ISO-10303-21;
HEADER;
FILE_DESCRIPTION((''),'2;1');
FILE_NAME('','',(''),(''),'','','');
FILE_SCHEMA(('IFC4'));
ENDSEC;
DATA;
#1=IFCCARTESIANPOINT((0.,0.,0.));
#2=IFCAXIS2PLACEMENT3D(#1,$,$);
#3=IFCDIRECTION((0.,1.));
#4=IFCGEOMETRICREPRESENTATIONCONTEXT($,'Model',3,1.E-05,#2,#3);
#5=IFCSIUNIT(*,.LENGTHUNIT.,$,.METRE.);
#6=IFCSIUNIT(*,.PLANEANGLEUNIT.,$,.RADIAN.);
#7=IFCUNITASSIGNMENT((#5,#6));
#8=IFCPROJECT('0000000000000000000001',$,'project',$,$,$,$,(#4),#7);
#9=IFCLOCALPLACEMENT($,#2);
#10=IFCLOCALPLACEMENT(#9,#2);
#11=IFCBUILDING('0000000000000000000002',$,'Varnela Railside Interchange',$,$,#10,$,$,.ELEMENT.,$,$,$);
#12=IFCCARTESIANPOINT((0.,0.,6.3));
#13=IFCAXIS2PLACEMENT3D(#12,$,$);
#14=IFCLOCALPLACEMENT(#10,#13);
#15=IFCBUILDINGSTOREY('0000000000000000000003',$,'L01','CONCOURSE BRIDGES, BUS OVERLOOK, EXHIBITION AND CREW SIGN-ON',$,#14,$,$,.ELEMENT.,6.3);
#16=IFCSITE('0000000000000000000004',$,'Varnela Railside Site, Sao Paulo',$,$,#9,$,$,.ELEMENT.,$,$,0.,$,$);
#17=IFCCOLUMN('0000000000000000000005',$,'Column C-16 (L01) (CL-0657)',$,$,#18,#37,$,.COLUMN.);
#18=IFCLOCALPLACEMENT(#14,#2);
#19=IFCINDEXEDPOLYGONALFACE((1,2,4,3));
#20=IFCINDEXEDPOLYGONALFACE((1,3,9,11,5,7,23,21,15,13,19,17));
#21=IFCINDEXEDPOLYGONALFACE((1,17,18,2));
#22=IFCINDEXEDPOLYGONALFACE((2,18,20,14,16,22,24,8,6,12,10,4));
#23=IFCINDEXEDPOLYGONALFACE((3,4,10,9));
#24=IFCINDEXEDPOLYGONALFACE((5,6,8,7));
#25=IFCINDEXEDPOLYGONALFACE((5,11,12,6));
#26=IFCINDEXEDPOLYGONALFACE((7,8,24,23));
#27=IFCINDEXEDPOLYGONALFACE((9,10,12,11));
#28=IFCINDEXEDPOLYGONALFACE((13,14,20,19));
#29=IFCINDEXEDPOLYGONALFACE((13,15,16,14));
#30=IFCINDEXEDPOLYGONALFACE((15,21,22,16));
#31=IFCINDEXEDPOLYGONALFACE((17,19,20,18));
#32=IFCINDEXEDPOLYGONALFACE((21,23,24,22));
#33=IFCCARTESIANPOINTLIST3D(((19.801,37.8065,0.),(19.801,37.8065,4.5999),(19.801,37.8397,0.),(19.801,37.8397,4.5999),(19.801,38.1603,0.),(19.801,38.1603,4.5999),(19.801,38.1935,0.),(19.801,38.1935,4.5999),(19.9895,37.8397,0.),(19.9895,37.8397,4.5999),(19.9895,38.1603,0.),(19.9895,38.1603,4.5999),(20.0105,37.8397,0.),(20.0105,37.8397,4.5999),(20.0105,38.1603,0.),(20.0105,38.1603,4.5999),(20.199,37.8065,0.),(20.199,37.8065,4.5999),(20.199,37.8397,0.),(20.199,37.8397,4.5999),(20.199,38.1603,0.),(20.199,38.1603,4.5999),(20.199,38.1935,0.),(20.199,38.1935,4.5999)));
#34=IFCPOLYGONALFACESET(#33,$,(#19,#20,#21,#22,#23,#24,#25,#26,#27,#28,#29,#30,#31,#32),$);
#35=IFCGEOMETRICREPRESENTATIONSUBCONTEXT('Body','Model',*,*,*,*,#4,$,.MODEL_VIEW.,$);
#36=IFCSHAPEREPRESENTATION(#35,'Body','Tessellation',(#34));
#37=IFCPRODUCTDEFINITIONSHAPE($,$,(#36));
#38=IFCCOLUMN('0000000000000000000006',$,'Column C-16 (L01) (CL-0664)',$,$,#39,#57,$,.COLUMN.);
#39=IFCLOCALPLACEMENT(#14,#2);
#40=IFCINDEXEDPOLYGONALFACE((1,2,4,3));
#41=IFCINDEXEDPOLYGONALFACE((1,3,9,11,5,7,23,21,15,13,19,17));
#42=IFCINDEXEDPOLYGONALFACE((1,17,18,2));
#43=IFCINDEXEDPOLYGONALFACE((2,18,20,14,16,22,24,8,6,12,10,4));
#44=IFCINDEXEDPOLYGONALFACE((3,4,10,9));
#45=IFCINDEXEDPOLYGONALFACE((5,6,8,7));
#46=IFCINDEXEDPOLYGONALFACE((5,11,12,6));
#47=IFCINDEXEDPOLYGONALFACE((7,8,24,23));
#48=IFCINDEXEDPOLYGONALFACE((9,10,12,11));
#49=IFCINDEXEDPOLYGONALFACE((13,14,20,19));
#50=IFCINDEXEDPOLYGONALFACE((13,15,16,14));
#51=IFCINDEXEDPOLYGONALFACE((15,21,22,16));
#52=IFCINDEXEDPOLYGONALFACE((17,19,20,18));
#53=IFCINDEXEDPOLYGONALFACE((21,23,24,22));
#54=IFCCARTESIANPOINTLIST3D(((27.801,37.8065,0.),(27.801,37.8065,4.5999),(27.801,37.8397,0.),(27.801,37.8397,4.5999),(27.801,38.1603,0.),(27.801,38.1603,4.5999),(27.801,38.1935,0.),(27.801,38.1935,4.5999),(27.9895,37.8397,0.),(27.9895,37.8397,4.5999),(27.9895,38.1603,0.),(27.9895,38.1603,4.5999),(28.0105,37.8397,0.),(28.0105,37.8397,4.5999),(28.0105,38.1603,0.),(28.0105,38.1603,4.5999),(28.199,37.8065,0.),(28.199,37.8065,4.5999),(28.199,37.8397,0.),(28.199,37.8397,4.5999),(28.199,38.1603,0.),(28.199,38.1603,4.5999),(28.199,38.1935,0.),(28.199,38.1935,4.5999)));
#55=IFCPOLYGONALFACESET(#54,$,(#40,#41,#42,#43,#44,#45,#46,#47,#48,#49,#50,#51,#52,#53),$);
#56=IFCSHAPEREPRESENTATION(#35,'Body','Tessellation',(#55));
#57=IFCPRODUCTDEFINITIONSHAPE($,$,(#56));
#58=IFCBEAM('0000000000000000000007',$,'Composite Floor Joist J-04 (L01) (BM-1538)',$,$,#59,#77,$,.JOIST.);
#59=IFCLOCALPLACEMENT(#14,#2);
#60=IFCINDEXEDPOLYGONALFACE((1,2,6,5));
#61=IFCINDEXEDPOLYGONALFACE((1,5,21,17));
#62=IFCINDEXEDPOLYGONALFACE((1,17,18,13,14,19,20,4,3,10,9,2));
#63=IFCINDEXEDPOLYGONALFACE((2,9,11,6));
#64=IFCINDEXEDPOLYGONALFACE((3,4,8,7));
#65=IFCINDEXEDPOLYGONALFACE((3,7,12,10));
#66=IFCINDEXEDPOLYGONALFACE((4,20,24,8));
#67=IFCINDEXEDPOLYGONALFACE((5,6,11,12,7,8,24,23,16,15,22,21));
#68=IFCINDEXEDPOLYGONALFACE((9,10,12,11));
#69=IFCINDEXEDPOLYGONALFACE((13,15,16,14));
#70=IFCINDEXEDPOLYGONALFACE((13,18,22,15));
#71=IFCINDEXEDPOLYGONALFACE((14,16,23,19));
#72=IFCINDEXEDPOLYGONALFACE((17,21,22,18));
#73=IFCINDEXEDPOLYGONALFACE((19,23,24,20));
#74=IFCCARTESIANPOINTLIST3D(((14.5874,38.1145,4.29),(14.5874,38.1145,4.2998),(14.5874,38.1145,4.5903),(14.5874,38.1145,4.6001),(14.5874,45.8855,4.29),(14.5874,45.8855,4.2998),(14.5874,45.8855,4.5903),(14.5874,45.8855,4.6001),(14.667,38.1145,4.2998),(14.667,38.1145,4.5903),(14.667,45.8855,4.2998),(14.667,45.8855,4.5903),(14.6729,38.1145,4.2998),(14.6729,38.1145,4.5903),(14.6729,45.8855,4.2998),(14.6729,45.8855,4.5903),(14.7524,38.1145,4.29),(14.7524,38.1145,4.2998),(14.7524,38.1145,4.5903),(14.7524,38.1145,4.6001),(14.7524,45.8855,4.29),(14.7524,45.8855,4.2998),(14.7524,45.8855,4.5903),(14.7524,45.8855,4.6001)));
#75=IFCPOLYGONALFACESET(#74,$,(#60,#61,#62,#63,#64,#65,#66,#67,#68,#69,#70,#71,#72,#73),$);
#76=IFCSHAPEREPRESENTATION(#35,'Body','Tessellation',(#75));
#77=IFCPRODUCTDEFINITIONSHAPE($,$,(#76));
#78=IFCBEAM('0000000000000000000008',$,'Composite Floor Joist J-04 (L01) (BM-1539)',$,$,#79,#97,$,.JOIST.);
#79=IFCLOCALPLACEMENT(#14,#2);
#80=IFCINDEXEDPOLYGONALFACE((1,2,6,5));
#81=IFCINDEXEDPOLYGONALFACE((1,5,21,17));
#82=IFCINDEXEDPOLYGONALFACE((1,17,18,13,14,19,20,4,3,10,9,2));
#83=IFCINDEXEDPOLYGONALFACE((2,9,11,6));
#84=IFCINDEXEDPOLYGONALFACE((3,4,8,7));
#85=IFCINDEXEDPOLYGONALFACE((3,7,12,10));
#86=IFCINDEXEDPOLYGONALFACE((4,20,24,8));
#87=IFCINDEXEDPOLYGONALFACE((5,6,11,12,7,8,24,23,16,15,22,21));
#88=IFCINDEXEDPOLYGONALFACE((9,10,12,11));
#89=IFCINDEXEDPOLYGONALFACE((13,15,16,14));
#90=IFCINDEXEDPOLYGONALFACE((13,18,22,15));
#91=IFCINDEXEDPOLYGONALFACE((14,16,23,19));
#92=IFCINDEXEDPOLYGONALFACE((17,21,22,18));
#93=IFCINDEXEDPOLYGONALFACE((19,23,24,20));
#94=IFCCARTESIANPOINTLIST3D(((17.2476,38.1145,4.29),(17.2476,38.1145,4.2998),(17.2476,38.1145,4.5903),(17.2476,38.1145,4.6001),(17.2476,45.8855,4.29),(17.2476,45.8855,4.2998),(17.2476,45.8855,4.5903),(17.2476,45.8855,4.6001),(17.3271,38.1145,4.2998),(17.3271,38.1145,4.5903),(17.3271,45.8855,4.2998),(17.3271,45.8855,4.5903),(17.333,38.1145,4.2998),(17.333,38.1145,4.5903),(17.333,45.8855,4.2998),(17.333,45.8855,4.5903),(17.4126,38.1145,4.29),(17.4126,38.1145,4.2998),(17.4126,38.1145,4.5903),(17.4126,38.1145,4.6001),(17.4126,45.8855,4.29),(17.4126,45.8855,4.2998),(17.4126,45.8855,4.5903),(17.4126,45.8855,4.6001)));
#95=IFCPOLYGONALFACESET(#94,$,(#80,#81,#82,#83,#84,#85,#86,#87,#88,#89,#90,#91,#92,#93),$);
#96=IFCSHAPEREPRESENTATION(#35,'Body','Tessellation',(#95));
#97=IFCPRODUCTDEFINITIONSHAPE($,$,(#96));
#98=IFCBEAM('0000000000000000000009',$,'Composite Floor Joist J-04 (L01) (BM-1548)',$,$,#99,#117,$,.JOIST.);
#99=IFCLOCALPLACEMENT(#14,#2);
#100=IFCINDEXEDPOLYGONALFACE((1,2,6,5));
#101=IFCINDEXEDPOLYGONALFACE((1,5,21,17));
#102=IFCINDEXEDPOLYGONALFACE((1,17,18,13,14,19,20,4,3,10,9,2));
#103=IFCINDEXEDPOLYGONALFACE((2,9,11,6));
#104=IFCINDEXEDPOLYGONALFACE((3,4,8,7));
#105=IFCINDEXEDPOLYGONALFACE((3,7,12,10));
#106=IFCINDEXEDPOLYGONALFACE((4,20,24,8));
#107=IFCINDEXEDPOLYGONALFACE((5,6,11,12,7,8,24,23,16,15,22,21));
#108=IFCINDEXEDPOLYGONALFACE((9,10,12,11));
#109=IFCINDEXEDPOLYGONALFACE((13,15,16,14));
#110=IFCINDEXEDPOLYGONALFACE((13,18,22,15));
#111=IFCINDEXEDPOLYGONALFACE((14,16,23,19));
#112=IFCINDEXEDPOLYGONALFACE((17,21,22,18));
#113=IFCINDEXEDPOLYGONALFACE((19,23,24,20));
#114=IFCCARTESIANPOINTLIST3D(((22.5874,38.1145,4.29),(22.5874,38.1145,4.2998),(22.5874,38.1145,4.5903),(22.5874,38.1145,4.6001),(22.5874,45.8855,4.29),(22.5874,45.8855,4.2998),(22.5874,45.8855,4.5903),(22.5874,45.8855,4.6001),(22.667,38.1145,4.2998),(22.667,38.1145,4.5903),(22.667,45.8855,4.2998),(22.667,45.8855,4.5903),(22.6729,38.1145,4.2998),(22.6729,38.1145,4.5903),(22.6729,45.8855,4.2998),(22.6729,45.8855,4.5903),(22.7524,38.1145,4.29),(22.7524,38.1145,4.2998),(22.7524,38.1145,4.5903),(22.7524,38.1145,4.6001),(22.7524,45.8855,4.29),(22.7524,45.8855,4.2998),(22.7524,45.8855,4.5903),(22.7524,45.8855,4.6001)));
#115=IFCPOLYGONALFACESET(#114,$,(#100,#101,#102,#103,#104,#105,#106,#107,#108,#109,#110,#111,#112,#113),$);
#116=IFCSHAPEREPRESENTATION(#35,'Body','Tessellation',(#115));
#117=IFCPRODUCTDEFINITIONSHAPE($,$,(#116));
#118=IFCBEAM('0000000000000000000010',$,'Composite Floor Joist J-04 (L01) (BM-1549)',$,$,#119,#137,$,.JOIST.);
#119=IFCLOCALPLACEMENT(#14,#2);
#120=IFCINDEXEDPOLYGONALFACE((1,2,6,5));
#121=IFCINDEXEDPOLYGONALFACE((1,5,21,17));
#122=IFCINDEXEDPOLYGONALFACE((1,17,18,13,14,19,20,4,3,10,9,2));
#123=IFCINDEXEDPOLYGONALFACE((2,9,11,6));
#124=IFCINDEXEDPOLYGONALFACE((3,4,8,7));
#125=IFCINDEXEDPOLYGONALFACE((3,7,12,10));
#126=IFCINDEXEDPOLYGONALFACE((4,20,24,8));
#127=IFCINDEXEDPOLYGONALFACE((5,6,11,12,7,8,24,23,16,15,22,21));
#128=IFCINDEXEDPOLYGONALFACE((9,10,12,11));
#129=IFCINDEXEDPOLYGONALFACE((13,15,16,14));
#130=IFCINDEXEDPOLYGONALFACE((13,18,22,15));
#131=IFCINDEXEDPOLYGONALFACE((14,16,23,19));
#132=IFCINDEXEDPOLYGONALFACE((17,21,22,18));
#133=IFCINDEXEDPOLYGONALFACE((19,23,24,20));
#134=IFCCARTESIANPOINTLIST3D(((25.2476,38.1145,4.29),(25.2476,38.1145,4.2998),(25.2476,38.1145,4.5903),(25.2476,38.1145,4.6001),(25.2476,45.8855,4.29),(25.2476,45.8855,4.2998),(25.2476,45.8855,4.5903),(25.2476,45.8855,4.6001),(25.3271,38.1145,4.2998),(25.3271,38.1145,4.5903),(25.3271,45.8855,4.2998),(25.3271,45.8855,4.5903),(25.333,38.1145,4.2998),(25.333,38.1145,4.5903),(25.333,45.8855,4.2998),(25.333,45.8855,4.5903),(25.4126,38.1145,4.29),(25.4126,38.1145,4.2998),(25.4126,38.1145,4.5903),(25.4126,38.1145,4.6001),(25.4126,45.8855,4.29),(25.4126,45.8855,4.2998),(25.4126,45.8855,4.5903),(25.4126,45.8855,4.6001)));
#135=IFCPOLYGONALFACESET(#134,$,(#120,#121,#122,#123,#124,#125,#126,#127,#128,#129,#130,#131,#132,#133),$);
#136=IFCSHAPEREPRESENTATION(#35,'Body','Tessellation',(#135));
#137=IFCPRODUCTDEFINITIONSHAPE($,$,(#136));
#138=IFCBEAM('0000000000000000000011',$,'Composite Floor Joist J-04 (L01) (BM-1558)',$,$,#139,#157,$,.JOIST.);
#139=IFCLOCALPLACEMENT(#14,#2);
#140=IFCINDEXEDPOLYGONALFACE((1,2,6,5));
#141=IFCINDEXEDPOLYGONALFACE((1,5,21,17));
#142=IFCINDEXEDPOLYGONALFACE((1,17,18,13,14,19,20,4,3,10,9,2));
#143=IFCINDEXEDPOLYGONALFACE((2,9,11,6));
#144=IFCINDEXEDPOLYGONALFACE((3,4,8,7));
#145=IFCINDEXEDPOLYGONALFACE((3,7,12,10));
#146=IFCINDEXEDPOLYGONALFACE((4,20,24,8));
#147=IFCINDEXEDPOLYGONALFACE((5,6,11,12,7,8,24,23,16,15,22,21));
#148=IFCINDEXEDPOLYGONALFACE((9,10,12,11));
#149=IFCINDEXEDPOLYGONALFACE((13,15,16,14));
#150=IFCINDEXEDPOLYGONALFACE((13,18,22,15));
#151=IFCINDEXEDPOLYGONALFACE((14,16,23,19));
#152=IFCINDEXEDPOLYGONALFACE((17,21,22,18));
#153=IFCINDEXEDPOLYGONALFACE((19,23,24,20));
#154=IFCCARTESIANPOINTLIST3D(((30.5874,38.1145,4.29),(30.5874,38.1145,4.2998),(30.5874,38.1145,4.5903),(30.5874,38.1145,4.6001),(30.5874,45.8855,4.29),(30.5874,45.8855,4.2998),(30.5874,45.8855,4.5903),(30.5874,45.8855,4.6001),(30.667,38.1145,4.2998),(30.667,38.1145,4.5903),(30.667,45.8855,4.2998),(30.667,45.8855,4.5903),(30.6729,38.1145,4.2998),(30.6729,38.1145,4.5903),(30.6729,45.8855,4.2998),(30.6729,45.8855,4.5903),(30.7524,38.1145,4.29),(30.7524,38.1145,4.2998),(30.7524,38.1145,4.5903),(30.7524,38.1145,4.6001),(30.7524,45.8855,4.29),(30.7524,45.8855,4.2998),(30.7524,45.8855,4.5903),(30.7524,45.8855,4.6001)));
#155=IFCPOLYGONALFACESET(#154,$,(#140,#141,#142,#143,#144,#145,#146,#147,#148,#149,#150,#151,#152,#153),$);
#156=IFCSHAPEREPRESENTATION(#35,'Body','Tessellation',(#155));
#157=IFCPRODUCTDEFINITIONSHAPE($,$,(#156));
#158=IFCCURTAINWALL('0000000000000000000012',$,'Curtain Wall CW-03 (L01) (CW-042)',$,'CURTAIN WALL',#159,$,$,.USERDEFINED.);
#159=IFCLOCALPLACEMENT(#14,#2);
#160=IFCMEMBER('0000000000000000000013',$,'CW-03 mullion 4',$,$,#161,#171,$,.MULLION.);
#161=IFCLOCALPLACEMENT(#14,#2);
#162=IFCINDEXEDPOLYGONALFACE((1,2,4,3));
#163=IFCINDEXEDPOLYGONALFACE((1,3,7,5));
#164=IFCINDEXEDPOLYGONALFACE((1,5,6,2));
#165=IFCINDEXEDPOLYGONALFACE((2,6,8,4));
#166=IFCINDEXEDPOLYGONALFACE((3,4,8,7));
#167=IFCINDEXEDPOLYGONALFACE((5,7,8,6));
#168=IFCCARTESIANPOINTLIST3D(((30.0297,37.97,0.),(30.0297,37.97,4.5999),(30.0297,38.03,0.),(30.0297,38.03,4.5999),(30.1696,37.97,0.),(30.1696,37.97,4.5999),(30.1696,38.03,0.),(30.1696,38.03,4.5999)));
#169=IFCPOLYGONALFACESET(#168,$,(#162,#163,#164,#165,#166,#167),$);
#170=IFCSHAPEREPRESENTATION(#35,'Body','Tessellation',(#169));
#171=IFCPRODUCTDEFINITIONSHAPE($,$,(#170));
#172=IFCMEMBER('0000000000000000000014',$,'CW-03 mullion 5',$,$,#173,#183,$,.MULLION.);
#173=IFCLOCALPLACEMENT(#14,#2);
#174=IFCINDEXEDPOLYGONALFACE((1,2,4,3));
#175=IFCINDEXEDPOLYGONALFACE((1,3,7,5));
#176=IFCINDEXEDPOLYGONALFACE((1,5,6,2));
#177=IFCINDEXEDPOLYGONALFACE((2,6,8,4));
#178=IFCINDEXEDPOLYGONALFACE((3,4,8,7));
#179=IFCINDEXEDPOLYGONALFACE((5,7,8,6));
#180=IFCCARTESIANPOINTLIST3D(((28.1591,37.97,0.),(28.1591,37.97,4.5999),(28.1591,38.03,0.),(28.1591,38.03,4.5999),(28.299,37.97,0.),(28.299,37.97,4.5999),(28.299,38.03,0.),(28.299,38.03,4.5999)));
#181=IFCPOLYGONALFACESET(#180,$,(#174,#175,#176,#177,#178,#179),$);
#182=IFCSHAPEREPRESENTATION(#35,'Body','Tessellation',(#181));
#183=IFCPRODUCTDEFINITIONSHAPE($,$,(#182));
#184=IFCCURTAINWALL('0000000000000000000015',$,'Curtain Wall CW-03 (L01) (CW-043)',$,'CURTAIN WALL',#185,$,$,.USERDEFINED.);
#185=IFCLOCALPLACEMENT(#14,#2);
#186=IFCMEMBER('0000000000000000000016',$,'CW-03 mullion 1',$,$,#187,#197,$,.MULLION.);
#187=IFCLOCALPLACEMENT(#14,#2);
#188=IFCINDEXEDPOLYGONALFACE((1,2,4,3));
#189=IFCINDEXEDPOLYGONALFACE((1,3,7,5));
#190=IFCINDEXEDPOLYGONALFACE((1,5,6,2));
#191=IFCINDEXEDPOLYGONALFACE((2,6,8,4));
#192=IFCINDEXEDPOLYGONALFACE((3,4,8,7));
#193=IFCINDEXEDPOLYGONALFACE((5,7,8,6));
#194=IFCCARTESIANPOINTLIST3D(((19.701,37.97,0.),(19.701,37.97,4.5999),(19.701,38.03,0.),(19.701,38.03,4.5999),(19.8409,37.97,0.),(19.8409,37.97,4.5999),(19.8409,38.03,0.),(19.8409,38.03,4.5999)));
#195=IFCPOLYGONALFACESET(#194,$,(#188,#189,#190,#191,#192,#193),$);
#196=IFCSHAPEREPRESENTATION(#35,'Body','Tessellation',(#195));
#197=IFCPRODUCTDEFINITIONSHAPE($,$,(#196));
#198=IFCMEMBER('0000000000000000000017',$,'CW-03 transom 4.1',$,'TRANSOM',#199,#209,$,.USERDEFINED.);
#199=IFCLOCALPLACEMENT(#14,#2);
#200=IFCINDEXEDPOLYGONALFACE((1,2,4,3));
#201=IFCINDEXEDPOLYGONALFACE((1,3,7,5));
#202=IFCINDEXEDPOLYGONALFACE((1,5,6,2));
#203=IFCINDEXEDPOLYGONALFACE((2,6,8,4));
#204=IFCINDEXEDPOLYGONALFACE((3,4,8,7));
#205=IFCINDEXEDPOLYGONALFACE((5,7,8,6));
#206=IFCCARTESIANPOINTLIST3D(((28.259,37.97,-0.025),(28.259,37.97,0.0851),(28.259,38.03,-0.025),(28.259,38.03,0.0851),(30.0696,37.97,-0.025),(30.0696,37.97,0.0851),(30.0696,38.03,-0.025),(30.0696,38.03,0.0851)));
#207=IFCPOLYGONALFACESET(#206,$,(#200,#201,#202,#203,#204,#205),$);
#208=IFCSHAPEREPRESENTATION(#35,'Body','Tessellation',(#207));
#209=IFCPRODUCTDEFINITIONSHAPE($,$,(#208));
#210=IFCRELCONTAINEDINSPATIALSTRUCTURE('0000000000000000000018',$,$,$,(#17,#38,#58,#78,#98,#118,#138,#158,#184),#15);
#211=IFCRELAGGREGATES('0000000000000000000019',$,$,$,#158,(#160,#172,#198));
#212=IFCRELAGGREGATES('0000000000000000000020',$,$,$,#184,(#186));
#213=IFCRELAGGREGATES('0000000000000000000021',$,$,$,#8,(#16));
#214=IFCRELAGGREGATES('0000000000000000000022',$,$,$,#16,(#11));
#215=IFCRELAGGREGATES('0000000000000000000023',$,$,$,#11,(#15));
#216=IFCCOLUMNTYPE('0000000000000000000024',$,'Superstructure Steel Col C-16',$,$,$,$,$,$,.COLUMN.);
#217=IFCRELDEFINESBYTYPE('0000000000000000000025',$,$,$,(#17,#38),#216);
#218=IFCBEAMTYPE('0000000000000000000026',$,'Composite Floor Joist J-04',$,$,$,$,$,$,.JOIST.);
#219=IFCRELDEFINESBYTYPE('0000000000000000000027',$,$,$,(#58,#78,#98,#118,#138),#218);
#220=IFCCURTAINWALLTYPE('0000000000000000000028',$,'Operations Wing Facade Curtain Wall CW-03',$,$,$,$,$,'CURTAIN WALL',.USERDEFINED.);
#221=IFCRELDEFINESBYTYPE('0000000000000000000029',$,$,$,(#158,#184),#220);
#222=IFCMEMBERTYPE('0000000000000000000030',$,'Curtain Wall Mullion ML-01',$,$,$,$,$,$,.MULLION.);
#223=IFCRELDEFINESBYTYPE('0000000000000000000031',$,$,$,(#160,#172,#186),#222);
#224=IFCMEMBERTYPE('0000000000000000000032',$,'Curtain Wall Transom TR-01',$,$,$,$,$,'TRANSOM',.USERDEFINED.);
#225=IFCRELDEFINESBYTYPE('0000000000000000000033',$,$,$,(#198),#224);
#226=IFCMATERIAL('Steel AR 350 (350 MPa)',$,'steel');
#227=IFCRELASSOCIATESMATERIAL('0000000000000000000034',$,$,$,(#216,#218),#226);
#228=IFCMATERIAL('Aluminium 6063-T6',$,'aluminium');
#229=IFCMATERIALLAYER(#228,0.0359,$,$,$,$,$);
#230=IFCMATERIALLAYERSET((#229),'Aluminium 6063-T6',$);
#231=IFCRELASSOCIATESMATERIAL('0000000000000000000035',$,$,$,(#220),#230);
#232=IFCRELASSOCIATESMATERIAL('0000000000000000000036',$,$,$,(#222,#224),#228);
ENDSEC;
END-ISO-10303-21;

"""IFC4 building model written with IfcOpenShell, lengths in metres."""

from ifc_helpers import new_model, si_unit, direction, frame, origin, origin_2d, place, context, subcontext, project, spatial, rectangle, i_section, extrude, material, layer, layer_set, material_profile, profile_set, type_object, element, aggregate, save


model = new_model("IFC4")

# Units and contexts
model_context = context("Model", 3, precision=1e-05, world=origin(), true_north=direction((0.0, 1.0)))
body_context = subcontext(model_context, "Body", "Model", "MODEL_VIEW")
ifc_project = project(units=[si_unit("LENGTHUNIT", "METRE"), si_unit("PLANEANGLEUNIT", "RADIAN")], contexts=[model_context])

# Site, building, storey
site_placement = place(None, origin())
site = spatial("IfcSite", under=ifc_project, at=site_placement, Name="Varnela Railside Site, Sao Paulo", CompositionType="ELEMENT", RefElevation=0.0)
building_placement = place(site_placement, origin())
building = spatial("IfcBuilding", under=site, at=building_placement, Name="Varnela Railside Interchange", CompositionType="ELEMENT")
storey_placement = place(building_placement, frame((0.0, 0.0, 6.3)))
storey = spatial("IfcBuildingStorey", under=building, at=storey_placement, Name="L01", Description="CONCOURSE BRIDGES, BUS OVERLOOK, EXHIBITION AND CREW SIGN-ON", CompositionType="ELEMENT", Elevation=6.3)

# Columns
ifc_material_1 = material(Name="Steel AR 350 (350 MPa)", Category="steel")
ifc_material_profile_1 = material_profile(ifc_material_1, i_section(OverallWidth=0.3979, OverallDepth=0.387, WebThickness=0.021, FlangeThickness=0.0332, at=origin_2d()), Name="W360x262")
ifc_profile_set_1 = profile_set([ifc_material_profile_1], Name="Steel AR 350 (350 MPa)")
column_type = type_object("IfcColumnType", Name="Superstructure Steel Col C-16", PredefinedType="COLUMN", material=ifc_profile_set_1)
for number, where, z_axis, x_axis, name in (
    (1, (20.0, 38.0, 0.0), (0.0, 0.0, 1.0), (1.0, 0.0, 0.0), "Column C-16 (L01) (CL-0657)"),
    (2, (28.0, 38.0, 0.0), (0.0, 0.0, 1.0), (1.0, 0.0, 0.0), "Column C-16 (L01) (CL-0664)"),
):
    element("IfcColumn", number, at=place(storey_placement, frame(where, z_axis=z_axis, x_axis=x_axis)), inside=storey, type_object=column_type, Name=name, PredefinedType="COLUMN", context=body_context, shape_type="SweptSolid", body=[
        extrude(i_section(OverallWidth=0.3979, OverallDepth=0.387, WebThickness=0.021, FlangeThickness=0.0332, at=origin_2d()), origin(), (0.0, 0.0, 1.0), 4.5999),
    ])

# Beams
ifc_material_profile_2 = material_profile(ifc_material_1, i_section(OverallWidth=0.165, OverallDepth=0.3101, WebThickness=0.0059, FlangeThickness=0.0098, at=origin_2d()), Name="W310x38.7")
ifc_profile_set_2 = profile_set([ifc_material_profile_2], Name="Steel AR 350 (350 MPa)")
beam_type_1 = type_object("IfcBeamType", Name="Composite Floor Joist J-04", PredefinedType="JOIST", material=ifc_profile_set_2)
for number, where, z_axis, x_axis, name in (
    (3, (14.6699, 38.1145, 4.4451), (0.0, 1.0, 0.0), (-1.0, 0.0, 0.0), "Composite Floor Joist J-04 (L01) (BM-1538)"),
    (4, (17.3301, 38.1145, 4.4451), (0.0, 1.0, 0.0), (-1.0, 0.0, 0.0), "Composite Floor Joist J-04 (L01) (BM-1539)"),
    (5, (22.6699, 38.1145, 4.4451), (0.0, 1.0, 0.0), (-1.0, 0.0, 0.0), "Composite Floor Joist J-04 (L01) (BM-1548)"),
    (6, (25.3301, 38.1145, 4.4451), (0.0, 1.0, 0.0), (-1.0, 0.0, 0.0), "Composite Floor Joist J-04 (L01) (BM-1549)"),
    (7, (30.6699, 38.1145, 4.4451), (0.0, 1.0, 0.0), (-1.0, 0.0, 0.0), "Composite Floor Joist J-04 (L01) (BM-1558)"),
):
    element("IfcBeam", number, at=place(storey_placement, frame(where, z_axis=z_axis, x_axis=x_axis)), inside=storey, type_object=beam_type_1, Name=name, PredefinedType="JOIST", context=body_context, shape_type="SweptSolid", body=[
        extrude(i_section(OverallWidth=0.165, OverallDepth=0.3101, WebThickness=0.0059, FlangeThickness=0.0098, at=origin_2d()), origin(), (0.0, 0.0, 1.0), 7.771),
    ])

# Curtain wall, members
ifc_material_2 = material(Name="Aluminium 6063-T6", Category="aluminium")
ifc_layer_1 = layer(ifc_material_2, 0.0359)
ifc_layer_set_1 = layer_set([ifc_layer_1], Name="Aluminium 6063-T6")
curtain_wall_type = type_object("IfcCurtainWallType", Name="Operations Wing Facade Curtain Wall CW-03", ElementType="CURTAIN WALL", PredefinedType="USERDEFINED", material=ifc_layer_set_1)
curtain_wall_1_placement = place(storey_placement, origin())
curtain_wall_1 = element("IfcCurtainWall", 8, at=curtain_wall_1_placement, inside=storey, type_object=curtain_wall_type, Name="Curtain Wall CW-03 (L01) (CW-042)", ObjectType="CURTAIN WALL", PredefinedType="USERDEFINED")
ifc_material_profile_3 = material_profile(ifc_material_2, rectangle(XDim=0.0601, YDim=0.1399, at=origin_2d()), Name="ALU 60x140")
ifc_profile_set_3 = profile_set([ifc_material_profile_3], Name="Aluminium 6063-T6")
member_type_1 = type_object("IfcMemberType", Name="Curtain Wall Mullion ML-01", PredefinedType="MULLION", material=ifc_profile_set_3)
member_1_placement = place(storey_placement, frame((30.0996, 38.0, 0.0), z_axis=(0.0, 0.0, 1.0), x_axis=(0.0, -1.0, 0.0)))
member_1 = element("IfcMember", 9, at=member_1_placement, type_object=member_type_1, Name="CW-03 mullion 4", PredefinedType="MULLION", context=body_context, shape_type="SweptSolid", body=[
    extrude(rectangle(XDim=0.0601, YDim=0.1399, at=origin_2d()), origin(), (0.0, 0.0, 1.0), 4.5999),
])
member_2_placement = place(storey_placement, frame((28.229, 38.0, 0.0), z_axis=(0.0, 0.0, 1.0), x_axis=(0.0, -1.0, 0.0)))
member_2 = element("IfcMember", 10, at=member_2_placement, type_object=member_type_1, Name="CW-03 mullion 5", PredefinedType="MULLION", context=body_context, shape_type="SweptSolid", body=[
    extrude(rectangle(XDim=0.0601, YDim=0.1399, at=origin_2d()), origin(), (0.0, 0.0, 1.0), 4.5999),
])

# Curtain wall, member
curtain_wall_2_placement = place(storey_placement, origin())
curtain_wall_2 = element("IfcCurtainWall", 11, at=curtain_wall_2_placement, inside=storey, type_object=curtain_wall_type, Name="Curtain Wall CW-03 (L01) (CW-043)", ObjectType="CURTAIN WALL", PredefinedType="USERDEFINED")
member_3_placement = place(storey_placement, frame((19.771, 38.0, 0.0), z_axis=(0.0, 0.0, 1.0), x_axis=(0.0, -1.0, 0.0)))
member_3 = element("IfcMember", 12, at=member_3_placement, type_object=member_type_1, Name="CW-03 mullion 1", PredefinedType="MULLION", context=body_context, shape_type="SweptSolid", body=[
    extrude(rectangle(XDim=0.0601, YDim=0.1399, at=origin_2d()), origin(), (0.0, 0.0, 1.0), 4.5999),
])

# Member
ifc_material_profile_4 = material_profile(ifc_material_2, rectangle(XDim=0.0601, YDim=0.1101, at=origin_2d()), Name="ALU 60x110")
ifc_profile_set_4 = profile_set([ifc_material_profile_4], Name="Aluminium 6063-T6")
member_type_2 = type_object("IfcMemberType", Name="Curtain Wall Transom TR-01", ElementType="TRANSOM", PredefinedType="USERDEFINED", material=ifc_profile_set_4)
member_4_placement = place(storey_placement, frame((30.0696, 38.0, 0.03), z_axis=(-1.0, 0.0, 0.0), x_axis=(0.0, -1.0, 0.0)))
member_4 = element("IfcMember", 13, at=member_4_placement, type_object=member_type_2, Name="CW-03 transom 4.1", ObjectType="TRANSOM", PredefinedType="USERDEFINED", context=body_context, shape_type="SweptSolid", body=[
    extrude(rectangle(XDim=0.0601, YDim=0.1101, at=origin_2d()), origin(), (0.0, 0.0, 1.0), 1.8105),
])

aggregate(curtain_wall_1, [member_1, member_2, member_4])
aggregate(curtain_wall_2, [member_3])

save(model, "model.ifc")
